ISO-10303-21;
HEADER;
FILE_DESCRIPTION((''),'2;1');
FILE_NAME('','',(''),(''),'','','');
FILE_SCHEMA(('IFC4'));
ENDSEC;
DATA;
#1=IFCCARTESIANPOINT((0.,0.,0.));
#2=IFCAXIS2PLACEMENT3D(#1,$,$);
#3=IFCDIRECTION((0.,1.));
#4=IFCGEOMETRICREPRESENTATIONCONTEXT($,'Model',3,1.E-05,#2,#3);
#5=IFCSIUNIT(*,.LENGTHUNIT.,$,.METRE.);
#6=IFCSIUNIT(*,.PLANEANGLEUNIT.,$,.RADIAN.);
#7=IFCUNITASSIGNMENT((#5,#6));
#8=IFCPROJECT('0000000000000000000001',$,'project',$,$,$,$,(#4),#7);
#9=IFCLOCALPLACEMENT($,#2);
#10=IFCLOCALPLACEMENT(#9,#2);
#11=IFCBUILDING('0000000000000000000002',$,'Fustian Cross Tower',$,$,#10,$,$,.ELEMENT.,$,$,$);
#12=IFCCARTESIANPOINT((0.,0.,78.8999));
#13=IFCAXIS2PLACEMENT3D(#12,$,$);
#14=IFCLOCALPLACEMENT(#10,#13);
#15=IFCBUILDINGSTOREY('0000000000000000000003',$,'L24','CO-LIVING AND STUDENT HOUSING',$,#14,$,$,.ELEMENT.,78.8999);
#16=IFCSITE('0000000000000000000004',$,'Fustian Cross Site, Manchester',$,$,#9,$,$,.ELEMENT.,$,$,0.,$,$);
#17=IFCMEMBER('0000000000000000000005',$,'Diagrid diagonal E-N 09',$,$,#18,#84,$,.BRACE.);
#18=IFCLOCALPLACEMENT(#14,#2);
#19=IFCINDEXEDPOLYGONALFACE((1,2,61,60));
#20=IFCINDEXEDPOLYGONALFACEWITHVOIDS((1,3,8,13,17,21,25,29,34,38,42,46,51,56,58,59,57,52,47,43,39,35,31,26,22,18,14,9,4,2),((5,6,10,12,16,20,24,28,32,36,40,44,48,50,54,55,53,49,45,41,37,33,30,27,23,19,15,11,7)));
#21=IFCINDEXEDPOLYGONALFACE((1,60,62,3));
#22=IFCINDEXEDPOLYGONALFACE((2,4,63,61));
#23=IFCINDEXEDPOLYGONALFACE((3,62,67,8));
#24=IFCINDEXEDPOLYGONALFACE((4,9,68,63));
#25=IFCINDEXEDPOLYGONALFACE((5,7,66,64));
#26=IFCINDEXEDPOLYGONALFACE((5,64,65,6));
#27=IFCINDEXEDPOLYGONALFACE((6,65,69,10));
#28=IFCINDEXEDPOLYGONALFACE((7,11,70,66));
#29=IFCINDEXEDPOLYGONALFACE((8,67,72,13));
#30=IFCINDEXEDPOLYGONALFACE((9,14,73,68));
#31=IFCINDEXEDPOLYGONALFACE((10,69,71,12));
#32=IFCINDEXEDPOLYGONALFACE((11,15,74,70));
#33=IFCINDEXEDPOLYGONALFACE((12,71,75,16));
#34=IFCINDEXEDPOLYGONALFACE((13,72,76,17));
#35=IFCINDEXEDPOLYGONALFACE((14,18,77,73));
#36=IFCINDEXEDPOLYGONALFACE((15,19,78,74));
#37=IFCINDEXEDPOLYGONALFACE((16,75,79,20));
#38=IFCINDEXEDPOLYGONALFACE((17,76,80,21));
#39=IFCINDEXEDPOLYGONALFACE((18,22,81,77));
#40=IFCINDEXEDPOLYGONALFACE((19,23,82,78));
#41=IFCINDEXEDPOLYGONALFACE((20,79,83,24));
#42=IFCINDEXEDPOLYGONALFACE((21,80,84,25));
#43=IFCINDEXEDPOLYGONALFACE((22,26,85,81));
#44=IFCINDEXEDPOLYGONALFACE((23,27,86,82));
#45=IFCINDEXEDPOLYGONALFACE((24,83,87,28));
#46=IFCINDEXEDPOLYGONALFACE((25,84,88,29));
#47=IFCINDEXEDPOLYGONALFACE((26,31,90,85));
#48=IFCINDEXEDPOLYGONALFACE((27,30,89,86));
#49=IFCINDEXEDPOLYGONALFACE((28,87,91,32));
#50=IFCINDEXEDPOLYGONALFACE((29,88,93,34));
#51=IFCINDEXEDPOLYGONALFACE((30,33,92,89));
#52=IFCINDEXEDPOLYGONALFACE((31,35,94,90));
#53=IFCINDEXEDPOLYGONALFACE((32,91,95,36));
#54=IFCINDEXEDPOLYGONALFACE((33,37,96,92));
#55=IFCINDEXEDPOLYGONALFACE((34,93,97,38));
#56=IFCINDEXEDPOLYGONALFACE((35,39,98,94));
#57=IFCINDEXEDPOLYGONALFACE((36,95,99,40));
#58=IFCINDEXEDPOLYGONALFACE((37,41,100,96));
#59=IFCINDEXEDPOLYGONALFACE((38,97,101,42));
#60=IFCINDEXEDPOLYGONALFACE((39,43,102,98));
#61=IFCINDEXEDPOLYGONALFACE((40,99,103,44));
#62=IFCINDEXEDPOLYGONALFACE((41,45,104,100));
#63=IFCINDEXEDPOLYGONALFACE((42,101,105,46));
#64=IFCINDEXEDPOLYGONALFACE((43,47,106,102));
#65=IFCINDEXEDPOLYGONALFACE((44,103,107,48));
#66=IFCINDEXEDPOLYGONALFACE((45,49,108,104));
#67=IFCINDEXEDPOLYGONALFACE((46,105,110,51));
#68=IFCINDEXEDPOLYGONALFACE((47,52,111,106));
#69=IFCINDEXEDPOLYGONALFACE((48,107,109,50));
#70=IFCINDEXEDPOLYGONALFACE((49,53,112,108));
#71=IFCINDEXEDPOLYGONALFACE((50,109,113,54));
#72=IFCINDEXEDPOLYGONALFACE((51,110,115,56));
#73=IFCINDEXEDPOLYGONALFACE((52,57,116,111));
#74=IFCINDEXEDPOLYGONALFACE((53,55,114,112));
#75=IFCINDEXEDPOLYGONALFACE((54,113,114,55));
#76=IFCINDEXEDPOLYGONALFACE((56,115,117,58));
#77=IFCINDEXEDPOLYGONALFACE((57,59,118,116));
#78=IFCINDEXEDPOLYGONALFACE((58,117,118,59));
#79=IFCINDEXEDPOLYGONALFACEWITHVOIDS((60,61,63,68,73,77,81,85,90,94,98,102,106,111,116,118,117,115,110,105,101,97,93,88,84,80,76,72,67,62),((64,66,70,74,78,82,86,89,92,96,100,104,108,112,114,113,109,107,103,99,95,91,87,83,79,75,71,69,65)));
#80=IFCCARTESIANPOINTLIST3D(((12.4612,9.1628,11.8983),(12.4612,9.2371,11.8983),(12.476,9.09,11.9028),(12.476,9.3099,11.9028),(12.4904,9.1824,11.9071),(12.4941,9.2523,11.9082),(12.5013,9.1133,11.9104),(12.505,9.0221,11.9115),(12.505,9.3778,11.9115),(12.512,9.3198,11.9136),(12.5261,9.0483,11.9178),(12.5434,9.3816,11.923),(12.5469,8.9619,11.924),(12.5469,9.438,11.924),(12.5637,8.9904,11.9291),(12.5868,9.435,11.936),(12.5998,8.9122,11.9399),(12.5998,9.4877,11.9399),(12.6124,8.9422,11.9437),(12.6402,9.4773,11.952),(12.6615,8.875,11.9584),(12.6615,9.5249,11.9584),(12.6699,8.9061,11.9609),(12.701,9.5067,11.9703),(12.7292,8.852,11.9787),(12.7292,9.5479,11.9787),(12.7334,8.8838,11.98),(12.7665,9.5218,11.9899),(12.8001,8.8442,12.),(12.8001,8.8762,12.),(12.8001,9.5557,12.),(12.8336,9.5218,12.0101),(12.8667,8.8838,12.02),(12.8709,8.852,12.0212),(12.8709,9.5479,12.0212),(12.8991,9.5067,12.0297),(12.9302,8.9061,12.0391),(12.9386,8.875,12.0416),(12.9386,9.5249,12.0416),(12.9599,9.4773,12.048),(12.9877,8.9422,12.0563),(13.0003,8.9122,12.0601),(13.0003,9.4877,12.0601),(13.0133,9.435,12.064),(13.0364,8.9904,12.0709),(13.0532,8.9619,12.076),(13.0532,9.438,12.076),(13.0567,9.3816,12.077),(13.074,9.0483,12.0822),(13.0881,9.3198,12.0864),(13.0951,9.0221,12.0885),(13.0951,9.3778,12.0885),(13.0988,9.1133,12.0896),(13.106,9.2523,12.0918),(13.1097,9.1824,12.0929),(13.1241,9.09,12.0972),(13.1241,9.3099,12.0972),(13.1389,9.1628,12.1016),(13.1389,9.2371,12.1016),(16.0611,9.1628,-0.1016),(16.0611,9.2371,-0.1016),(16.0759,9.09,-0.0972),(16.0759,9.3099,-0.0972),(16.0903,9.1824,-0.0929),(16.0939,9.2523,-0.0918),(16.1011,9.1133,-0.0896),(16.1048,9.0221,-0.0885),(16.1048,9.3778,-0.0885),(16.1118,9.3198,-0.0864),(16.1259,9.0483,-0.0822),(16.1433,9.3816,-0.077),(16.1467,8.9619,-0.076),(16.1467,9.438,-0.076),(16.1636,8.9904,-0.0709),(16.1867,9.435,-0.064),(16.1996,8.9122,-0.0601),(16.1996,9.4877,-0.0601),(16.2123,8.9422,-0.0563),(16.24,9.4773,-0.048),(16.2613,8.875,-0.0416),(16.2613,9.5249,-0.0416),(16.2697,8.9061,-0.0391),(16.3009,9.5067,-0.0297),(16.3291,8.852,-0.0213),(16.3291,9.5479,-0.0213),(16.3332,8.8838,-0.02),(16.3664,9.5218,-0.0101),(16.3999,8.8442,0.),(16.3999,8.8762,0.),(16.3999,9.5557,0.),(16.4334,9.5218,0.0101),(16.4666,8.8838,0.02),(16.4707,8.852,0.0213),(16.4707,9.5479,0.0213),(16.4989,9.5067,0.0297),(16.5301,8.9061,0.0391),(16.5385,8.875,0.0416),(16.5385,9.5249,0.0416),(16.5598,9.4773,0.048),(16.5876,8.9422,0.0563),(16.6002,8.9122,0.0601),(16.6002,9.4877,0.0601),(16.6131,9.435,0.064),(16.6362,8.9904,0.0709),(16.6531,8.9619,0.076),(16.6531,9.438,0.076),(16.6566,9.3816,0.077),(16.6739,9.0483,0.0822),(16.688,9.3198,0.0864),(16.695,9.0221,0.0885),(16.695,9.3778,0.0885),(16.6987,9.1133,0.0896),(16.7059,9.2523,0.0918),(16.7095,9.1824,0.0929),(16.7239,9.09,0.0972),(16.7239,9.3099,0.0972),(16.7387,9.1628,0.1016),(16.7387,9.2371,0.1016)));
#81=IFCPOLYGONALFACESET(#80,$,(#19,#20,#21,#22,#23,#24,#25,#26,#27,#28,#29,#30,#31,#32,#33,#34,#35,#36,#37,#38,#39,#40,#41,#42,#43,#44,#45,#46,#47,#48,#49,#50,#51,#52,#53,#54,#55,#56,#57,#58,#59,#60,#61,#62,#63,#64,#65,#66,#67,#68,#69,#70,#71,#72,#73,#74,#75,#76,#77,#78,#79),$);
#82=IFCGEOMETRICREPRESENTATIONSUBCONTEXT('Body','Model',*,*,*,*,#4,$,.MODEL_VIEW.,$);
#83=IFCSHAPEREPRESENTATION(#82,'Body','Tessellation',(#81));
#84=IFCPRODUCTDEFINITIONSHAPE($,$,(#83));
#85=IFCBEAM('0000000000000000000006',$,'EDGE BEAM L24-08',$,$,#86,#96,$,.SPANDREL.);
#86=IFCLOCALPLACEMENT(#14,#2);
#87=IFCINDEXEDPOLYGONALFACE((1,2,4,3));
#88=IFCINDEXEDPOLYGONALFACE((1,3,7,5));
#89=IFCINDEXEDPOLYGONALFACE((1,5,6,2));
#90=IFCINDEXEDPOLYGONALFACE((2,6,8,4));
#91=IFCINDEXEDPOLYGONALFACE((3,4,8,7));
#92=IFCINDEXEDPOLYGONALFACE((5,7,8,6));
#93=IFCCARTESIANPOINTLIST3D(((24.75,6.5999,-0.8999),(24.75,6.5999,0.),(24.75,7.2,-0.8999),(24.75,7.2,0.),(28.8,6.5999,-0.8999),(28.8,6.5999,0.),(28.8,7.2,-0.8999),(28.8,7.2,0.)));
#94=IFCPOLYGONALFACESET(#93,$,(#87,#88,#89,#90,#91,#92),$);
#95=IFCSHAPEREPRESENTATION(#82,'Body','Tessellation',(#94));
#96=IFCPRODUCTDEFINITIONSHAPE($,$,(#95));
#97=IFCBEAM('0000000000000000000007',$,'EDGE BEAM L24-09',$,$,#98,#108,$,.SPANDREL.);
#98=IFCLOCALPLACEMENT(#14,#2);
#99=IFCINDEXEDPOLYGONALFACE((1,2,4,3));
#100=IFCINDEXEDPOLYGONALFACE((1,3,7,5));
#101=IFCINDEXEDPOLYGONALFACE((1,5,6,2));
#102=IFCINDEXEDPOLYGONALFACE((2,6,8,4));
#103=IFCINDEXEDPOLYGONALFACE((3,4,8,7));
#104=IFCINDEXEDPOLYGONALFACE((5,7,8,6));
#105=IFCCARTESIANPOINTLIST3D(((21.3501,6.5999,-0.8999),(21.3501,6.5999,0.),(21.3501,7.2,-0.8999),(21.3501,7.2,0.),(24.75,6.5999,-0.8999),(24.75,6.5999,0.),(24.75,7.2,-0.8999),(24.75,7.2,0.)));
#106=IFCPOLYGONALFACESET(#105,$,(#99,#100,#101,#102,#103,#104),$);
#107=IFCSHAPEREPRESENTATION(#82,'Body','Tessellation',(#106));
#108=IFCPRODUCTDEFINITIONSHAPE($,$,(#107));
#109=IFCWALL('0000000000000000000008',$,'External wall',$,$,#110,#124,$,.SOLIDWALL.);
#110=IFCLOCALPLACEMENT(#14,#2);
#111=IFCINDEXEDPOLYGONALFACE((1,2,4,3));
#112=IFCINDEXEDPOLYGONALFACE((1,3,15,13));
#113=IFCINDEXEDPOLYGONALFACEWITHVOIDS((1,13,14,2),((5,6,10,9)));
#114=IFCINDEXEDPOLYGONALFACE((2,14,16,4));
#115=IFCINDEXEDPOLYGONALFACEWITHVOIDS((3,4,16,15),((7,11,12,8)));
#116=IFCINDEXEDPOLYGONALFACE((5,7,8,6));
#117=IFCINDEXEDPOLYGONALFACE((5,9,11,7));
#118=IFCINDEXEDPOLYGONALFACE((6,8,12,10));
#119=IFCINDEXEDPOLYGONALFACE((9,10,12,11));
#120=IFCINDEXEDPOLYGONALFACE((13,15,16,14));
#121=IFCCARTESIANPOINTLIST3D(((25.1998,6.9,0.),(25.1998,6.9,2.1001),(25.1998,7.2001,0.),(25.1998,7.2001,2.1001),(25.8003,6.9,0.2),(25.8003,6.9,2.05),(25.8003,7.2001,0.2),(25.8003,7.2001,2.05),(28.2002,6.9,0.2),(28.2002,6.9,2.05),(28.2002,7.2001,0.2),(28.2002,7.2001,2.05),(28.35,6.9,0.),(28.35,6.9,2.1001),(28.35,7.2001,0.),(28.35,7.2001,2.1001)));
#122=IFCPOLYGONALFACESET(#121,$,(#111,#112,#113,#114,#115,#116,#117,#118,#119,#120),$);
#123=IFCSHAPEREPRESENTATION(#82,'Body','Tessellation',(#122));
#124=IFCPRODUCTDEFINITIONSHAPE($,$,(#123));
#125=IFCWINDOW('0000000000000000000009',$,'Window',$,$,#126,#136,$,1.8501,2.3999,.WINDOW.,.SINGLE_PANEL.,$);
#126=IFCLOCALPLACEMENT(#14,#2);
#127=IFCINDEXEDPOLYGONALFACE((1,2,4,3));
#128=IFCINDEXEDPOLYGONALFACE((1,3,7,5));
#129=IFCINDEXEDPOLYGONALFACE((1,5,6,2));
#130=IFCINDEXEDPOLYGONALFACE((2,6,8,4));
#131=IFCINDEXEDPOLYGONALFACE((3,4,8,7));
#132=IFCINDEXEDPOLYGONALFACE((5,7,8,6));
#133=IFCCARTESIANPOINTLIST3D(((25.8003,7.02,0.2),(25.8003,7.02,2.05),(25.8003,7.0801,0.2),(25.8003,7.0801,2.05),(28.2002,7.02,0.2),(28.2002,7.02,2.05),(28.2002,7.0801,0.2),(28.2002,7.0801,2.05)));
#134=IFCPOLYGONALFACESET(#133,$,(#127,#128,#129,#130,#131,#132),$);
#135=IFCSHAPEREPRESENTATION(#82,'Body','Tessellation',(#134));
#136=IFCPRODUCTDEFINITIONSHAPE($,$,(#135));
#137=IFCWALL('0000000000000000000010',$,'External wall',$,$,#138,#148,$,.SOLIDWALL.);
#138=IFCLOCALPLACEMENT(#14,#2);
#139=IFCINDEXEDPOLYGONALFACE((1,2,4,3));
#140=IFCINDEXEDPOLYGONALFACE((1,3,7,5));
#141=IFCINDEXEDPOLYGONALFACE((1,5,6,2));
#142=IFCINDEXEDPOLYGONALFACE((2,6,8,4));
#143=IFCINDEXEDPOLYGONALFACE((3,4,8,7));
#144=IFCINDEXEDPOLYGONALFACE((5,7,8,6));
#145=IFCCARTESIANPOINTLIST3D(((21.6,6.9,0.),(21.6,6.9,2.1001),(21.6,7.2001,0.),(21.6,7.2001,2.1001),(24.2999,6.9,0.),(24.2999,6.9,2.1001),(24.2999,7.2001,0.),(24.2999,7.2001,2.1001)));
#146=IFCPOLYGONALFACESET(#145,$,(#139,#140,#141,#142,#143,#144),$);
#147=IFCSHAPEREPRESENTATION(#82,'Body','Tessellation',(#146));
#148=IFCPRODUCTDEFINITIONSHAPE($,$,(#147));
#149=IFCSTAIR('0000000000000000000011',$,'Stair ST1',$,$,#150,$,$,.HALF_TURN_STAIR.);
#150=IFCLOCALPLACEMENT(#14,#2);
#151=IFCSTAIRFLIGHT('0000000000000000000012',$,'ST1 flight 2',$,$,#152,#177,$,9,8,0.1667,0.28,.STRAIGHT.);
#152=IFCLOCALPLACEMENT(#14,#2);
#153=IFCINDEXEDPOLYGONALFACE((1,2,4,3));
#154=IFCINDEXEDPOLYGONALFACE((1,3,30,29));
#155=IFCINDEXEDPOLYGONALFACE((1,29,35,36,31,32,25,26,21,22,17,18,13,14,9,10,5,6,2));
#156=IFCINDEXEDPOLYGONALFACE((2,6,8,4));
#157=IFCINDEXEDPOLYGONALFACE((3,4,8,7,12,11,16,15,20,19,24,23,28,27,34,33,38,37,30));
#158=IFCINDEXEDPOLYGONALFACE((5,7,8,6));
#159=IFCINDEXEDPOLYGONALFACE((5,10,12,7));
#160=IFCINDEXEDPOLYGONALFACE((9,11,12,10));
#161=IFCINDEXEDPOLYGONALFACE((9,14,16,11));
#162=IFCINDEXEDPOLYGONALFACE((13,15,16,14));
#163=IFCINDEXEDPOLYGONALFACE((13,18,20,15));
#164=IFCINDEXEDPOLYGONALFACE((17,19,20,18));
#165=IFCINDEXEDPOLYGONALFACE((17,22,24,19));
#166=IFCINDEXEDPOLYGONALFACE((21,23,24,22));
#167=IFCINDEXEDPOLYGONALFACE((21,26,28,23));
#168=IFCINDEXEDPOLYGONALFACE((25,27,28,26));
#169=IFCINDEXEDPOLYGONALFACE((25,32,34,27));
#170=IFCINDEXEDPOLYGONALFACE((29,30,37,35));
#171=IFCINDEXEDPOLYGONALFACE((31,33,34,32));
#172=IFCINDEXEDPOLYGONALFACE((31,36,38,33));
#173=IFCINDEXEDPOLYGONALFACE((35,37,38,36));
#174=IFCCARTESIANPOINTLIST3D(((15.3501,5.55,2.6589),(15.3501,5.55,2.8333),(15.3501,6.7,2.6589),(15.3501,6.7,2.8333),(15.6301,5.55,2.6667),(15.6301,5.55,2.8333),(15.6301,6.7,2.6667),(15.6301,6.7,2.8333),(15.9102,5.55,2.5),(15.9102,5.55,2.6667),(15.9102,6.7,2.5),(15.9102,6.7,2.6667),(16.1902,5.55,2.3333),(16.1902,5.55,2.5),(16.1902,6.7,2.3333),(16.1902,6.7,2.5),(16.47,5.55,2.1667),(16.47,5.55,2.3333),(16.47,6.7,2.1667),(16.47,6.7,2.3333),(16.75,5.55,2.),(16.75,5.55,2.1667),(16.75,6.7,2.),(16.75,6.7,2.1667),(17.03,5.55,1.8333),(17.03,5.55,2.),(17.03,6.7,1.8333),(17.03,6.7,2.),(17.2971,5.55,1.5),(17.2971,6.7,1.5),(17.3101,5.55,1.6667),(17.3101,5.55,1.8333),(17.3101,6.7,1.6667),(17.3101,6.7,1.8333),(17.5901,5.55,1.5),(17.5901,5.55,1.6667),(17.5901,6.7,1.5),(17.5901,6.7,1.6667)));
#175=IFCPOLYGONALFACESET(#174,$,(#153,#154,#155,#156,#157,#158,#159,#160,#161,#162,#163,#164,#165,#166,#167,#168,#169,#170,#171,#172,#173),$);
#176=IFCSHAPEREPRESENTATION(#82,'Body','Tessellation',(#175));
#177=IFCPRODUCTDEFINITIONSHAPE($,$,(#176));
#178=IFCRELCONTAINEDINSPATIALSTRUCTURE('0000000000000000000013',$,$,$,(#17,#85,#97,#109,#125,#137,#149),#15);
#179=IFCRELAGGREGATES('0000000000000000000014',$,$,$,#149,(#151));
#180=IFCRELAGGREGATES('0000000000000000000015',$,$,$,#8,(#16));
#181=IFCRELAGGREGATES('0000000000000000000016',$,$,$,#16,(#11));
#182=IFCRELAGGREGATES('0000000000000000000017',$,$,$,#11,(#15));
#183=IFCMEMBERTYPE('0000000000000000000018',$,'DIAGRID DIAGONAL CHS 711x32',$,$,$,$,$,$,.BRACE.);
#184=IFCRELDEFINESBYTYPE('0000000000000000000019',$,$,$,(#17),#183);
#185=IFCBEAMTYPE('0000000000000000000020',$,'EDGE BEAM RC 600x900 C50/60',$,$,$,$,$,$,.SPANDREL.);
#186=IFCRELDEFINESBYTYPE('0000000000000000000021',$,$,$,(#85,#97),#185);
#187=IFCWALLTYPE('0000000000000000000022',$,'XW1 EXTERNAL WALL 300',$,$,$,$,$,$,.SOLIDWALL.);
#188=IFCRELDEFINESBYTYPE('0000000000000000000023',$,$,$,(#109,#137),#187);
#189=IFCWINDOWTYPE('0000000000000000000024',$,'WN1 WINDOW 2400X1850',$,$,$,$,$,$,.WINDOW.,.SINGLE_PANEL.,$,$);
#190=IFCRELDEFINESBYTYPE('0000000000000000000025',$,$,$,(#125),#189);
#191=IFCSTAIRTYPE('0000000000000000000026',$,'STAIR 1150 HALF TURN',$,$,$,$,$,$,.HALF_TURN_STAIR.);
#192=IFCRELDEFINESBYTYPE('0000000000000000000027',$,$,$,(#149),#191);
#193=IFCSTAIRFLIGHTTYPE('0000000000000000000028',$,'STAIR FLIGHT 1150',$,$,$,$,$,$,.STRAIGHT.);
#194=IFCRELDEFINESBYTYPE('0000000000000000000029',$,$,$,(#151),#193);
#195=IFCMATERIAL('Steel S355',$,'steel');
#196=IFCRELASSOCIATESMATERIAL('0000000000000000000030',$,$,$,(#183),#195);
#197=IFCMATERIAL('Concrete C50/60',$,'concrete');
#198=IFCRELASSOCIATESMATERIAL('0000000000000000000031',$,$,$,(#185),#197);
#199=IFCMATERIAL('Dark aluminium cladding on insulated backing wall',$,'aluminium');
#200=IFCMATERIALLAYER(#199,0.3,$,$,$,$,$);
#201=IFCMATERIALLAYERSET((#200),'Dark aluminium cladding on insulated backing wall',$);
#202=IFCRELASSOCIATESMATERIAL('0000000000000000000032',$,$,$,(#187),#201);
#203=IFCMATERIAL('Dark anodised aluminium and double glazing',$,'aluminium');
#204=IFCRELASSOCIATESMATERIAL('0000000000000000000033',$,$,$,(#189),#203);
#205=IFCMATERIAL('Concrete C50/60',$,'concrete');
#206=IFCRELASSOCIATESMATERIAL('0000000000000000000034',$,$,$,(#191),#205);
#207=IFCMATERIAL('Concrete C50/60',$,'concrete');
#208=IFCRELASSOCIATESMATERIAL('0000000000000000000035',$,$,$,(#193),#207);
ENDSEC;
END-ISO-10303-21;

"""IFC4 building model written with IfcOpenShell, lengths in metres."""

from ifc_helpers import new_model, si_unit, direction, frame, frame_2d, origin, origin_2d, place, context, subcontext, project, spatial, polyline, rectangle, hollow_circle, outline, extrude, material, layer, layer_set, material_profile, profile_set, type_object, element, fill, aggregate, save


model = new_model("IFC4")

# Units and contexts
model_context = context("Model", 3, precision=1e-05, world=origin(), true_north=direction((0.0, 1.0)))
body_context = subcontext(model_context, "Body", "Model", "MODEL_VIEW")
ifc_project = project(units=[si_unit("LENGTHUNIT", "METRE"), si_unit("PLANEANGLEUNIT", "RADIAN")], contexts=[model_context])

# Site, building, storey
site_placement = place(None, origin())
site = spatial("IfcSite", under=ifc_project, at=site_placement, Name="Fustian Cross Site, Manchester", CompositionType="ELEMENT", RefElevation=0.0)
building_placement = place(site_placement, origin())
building = spatial("IfcBuilding", under=site, at=building_placement, Name="Fustian Cross Tower", CompositionType="ELEMENT")
storey_placement = place(building_placement, frame((0.0, 0.0, 78.8999)))
storey = spatial("IfcBuildingStorey", under=building, at=storey_placement, Name="L24", Description="CO-LIVING AND STUDENT HOUSING", CompositionType="ELEMENT", Elevation=78.8999)

# Member
ifc_material_1 = material(Name="Steel S355", Category="steel")
ifc_material_profile_1 = material_profile(ifc_material_1, hollow_circle(Radius=0.3557, WallThickness=0.032, at=origin_2d()), Name="CHS 711x32")
ifc_profile_set_1 = profile_set([ifc_material_profile_1], Name="Steel S355")
member_type = type_object("IfcMemberType", Name="DIAGRID DIAGONAL CHS 711x32", PredefinedType="BRACE", material=ifc_profile_set_1)
for number, where, z_axis, x_axis, name in (
    (1, (16.3999, 9.2, 0.0), (-0.287337, 0.0, 0.95783), (0.0, -1.0, 0.0), "Diagrid diagonal E-N 09"),
):
    element("IfcMember", number, at=place(storey_placement, frame(where, z_axis=z_axis, x_axis=x_axis)), inside=storey, type_object=member_type, Name=name, PredefinedType="BRACE", context=body_context, shape_type="SweptSolid", body=[
        extrude(hollow_circle(Radius=0.3557, WallThickness=0.032, at=origin_2d()), origin(), (0.0, 0.0, 1.0), 12.5283),
    ])

# Beams
ifc_material_2 = material(Name="Concrete C50/60", Category="concrete")
ifc_material_profile_2 = material_profile(ifc_material_2, rectangle(XDim=0.6001, YDim=0.8999, at=origin_2d()), Name="RC 600x900")
ifc_profile_set_2 = profile_set([ifc_material_profile_2], Name="Concrete C50/60")
beam_type = type_object("IfcBeamType", Name="EDGE BEAM RC 600x900 C50/60", PredefinedType="SPANDREL", material=ifc_profile_set_2)
beam_1_placement = place(storey_placement, frame((28.8, 6.8999, -0.45), z_axis=(-1.0, 0.0, 0.0), x_axis=(0.0, -1.0, 0.0)))
element("IfcBeam", 2, at=beam_1_placement, inside=storey, type_object=beam_type, Name="EDGE BEAM L24-08", PredefinedType="SPANDREL", context=body_context, shape_type="SweptSolid", body=[
    extrude(rectangle(XDim=0.6001, YDim=0.8999, at=origin_2d()), origin(), (0.0, 0.0, 1.0), 4.05),
])
beam_2_placement = place(storey_placement, frame((24.75, 6.8999, -0.45), z_axis=(-1.0, 0.0, 0.0), x_axis=(0.0, -1.0, 0.0)))
element("IfcBeam", 3, at=beam_2_placement, inside=storey, type_object=beam_type, Name="EDGE BEAM L24-09", PredefinedType="SPANDREL", context=body_context, shape_type="SweptSolid", body=[
    extrude(rectangle(XDim=0.6001, YDim=0.8999, at=origin_2d()), origin(), (0.0, 0.0, 1.0), 3.3999),
])

# Wall, opening, window
ifc_material_3 = material(Name="Dark aluminium cladding on insulated backing wall", Category="aluminium")
ifc_layer = layer(ifc_material_3, 0.3)
ifc_layer_set = layer_set([ifc_layer], Name="Dark aluminium cladding on insulated backing wall")
wall_type = type_object("IfcWallType", Name="XW1 EXTERNAL WALL 300", PredefinedType="SOLIDWALL", material=ifc_layer_set)
wall_1_placement = place(storey_placement, frame((28.3501, 7.05, 0.0), z_axis=(0.0, 0.0, 1.0), x_axis=(-1.0, 0.0, 0.0)))
wall_1 = element("IfcWall", 4, at=wall_1_placement, inside=storey, type_object=wall_type, Name="External wall", PredefinedType="SOLIDWALL", context=body_context, shape_type="SweptSolid", body=[
    extrude(rectangle(XDim=3.1501, YDim=0.3, at=frame_2d((1.5752, 0.0))), origin(), (0.0, 0.0, 1.0), 2.1001),
])
opening_placement = place(wall_1_placement, frame((0.1499, 0.0, 0.2)))
opening = element("IfcOpeningElement", 5, at=opening_placement, cuts=wall_1, PredefinedType="OPENING", context=body_context, shape_type="SweptSolid", body=[
    extrude(rectangle(XDim=2.3999, YDim=1.8501, at=frame_2d((1.2, 0.925))), frame((0.0, 0.1599, 0.0), z_axis=(0.0, -1.0, 0.0), x_axis=(1.0, 0.0, 0.0)), (0.0, 0.0, 1.0), 0.3201),
])
ifc_material_4 = material(Name="Dark anodised aluminium and double glazing", Category="aluminium")
window_type = type_object("IfcWindowType", Name="WN1 WINDOW 2400X1850", PartitioningType="SINGLE_PANEL", PredefinedType="WINDOW", material=ifc_material_4)
window_placement = place(opening_placement, origin())
window = element("IfcWindow", 6, at=window_placement, inside=storey, type_object=window_type, Name="Window", OverallHeight=1.8501, OverallWidth=2.3999, PartitioningType="SINGLE_PANEL", PredefinedType="WINDOW", context=body_context, shape_type="SweptSolid", body=[
    extrude(rectangle(XDim=2.3999, YDim=1.8501, at=frame_2d((1.2, 0.925))), frame((0.0, 0.03, 0.0), z_axis=(0.0, -1.0, 0.0), x_axis=(1.0, 0.0, 0.0)), (0.0, 0.0, 1.0), 0.0601),
])
fill(opening, window)

# Wall
wall_2_placement = place(storey_placement, frame((24.3, 7.05, 0.0), z_axis=(0.0, 0.0, 1.0), x_axis=(-1.0, 0.0, 0.0)))
element("IfcWall", 7, at=wall_2_placement, inside=storey, type_object=wall_type, Name="External wall", PredefinedType="SOLIDWALL", context=body_context, shape_type="SweptSolid", body=[
    extrude(rectangle(XDim=2.7, YDim=0.3, at=frame_2d((1.3501, 0.0))), origin(), (0.0, 0.0, 1.0), 2.1001),
])

# Stair, stair flight
ifc_material_5 = material(Name="Concrete C50/60", Category="concrete")
stair_type = type_object("IfcStairType", Name="STAIR 1150 HALF TURN", PredefinedType="HALF_TURN_STAIR", material=ifc_material_5)
stair_placement = place(storey_placement, origin())
stair = element("IfcStair", 8, at=stair_placement, inside=storey, type_object=stair_type, Name="Stair ST1", PredefinedType="HALF_TURN_STAIR")
ifc_material_6 = material(Name="Concrete C50/60", Category="concrete")
stair_flight_type = type_object("IfcStairFlightType", Name="STAIR FLIGHT 1150", PredefinedType="STRAIGHT", material=ifc_material_6)
stair_flight_placement = place(storey_placement, frame((17.5901, 6.125, 1.5), z_axis=(0.0, 0.0, 1.0), x_axis=(-1.0, 0.0, 0.0)))
stair_flight = element("IfcStairFlight", 9, at=stair_flight_placement, type_object=stair_flight_type, Name="ST1 flight 2", NumberOfRisers=9, NumberOfTreads=8, PredefinedType="STRAIGHT", RiserHeight=0.1667, TreadLength=0.28, context=body_context, shape_type="SweptSolid", body=[
    extrude(outline(polyline([(0.0, 0.0), (0.0, 0.1667), (0.28, 0.1667), (0.28, 0.3333), (0.5601, 0.3333), (0.5601, 0.5), (0.8401, 0.5), (0.8401, 0.6667), (1.1201, 0.6667), (1.1201, 0.8333), (1.3999, 0.8333), (1.3999, 1.0), (1.6799, 1.0), (1.6799, 1.1667), (1.96, 1.1667), (1.96, 1.3333), (2.24, 1.3333), (2.24, 1.5), (2.24, 1.1589), (0.293, 0.0), (0.0, 0.0)])), frame((0.0, 0.575, 0.0), z_axis=(0.0, -1.0, 0.0), x_axis=(1.0, 0.0, 0.0)), (0.0, 0.0, 1.0), 1.1499),
])
aggregate(stair, [stair_flight])

save(model, "model.ifc")
